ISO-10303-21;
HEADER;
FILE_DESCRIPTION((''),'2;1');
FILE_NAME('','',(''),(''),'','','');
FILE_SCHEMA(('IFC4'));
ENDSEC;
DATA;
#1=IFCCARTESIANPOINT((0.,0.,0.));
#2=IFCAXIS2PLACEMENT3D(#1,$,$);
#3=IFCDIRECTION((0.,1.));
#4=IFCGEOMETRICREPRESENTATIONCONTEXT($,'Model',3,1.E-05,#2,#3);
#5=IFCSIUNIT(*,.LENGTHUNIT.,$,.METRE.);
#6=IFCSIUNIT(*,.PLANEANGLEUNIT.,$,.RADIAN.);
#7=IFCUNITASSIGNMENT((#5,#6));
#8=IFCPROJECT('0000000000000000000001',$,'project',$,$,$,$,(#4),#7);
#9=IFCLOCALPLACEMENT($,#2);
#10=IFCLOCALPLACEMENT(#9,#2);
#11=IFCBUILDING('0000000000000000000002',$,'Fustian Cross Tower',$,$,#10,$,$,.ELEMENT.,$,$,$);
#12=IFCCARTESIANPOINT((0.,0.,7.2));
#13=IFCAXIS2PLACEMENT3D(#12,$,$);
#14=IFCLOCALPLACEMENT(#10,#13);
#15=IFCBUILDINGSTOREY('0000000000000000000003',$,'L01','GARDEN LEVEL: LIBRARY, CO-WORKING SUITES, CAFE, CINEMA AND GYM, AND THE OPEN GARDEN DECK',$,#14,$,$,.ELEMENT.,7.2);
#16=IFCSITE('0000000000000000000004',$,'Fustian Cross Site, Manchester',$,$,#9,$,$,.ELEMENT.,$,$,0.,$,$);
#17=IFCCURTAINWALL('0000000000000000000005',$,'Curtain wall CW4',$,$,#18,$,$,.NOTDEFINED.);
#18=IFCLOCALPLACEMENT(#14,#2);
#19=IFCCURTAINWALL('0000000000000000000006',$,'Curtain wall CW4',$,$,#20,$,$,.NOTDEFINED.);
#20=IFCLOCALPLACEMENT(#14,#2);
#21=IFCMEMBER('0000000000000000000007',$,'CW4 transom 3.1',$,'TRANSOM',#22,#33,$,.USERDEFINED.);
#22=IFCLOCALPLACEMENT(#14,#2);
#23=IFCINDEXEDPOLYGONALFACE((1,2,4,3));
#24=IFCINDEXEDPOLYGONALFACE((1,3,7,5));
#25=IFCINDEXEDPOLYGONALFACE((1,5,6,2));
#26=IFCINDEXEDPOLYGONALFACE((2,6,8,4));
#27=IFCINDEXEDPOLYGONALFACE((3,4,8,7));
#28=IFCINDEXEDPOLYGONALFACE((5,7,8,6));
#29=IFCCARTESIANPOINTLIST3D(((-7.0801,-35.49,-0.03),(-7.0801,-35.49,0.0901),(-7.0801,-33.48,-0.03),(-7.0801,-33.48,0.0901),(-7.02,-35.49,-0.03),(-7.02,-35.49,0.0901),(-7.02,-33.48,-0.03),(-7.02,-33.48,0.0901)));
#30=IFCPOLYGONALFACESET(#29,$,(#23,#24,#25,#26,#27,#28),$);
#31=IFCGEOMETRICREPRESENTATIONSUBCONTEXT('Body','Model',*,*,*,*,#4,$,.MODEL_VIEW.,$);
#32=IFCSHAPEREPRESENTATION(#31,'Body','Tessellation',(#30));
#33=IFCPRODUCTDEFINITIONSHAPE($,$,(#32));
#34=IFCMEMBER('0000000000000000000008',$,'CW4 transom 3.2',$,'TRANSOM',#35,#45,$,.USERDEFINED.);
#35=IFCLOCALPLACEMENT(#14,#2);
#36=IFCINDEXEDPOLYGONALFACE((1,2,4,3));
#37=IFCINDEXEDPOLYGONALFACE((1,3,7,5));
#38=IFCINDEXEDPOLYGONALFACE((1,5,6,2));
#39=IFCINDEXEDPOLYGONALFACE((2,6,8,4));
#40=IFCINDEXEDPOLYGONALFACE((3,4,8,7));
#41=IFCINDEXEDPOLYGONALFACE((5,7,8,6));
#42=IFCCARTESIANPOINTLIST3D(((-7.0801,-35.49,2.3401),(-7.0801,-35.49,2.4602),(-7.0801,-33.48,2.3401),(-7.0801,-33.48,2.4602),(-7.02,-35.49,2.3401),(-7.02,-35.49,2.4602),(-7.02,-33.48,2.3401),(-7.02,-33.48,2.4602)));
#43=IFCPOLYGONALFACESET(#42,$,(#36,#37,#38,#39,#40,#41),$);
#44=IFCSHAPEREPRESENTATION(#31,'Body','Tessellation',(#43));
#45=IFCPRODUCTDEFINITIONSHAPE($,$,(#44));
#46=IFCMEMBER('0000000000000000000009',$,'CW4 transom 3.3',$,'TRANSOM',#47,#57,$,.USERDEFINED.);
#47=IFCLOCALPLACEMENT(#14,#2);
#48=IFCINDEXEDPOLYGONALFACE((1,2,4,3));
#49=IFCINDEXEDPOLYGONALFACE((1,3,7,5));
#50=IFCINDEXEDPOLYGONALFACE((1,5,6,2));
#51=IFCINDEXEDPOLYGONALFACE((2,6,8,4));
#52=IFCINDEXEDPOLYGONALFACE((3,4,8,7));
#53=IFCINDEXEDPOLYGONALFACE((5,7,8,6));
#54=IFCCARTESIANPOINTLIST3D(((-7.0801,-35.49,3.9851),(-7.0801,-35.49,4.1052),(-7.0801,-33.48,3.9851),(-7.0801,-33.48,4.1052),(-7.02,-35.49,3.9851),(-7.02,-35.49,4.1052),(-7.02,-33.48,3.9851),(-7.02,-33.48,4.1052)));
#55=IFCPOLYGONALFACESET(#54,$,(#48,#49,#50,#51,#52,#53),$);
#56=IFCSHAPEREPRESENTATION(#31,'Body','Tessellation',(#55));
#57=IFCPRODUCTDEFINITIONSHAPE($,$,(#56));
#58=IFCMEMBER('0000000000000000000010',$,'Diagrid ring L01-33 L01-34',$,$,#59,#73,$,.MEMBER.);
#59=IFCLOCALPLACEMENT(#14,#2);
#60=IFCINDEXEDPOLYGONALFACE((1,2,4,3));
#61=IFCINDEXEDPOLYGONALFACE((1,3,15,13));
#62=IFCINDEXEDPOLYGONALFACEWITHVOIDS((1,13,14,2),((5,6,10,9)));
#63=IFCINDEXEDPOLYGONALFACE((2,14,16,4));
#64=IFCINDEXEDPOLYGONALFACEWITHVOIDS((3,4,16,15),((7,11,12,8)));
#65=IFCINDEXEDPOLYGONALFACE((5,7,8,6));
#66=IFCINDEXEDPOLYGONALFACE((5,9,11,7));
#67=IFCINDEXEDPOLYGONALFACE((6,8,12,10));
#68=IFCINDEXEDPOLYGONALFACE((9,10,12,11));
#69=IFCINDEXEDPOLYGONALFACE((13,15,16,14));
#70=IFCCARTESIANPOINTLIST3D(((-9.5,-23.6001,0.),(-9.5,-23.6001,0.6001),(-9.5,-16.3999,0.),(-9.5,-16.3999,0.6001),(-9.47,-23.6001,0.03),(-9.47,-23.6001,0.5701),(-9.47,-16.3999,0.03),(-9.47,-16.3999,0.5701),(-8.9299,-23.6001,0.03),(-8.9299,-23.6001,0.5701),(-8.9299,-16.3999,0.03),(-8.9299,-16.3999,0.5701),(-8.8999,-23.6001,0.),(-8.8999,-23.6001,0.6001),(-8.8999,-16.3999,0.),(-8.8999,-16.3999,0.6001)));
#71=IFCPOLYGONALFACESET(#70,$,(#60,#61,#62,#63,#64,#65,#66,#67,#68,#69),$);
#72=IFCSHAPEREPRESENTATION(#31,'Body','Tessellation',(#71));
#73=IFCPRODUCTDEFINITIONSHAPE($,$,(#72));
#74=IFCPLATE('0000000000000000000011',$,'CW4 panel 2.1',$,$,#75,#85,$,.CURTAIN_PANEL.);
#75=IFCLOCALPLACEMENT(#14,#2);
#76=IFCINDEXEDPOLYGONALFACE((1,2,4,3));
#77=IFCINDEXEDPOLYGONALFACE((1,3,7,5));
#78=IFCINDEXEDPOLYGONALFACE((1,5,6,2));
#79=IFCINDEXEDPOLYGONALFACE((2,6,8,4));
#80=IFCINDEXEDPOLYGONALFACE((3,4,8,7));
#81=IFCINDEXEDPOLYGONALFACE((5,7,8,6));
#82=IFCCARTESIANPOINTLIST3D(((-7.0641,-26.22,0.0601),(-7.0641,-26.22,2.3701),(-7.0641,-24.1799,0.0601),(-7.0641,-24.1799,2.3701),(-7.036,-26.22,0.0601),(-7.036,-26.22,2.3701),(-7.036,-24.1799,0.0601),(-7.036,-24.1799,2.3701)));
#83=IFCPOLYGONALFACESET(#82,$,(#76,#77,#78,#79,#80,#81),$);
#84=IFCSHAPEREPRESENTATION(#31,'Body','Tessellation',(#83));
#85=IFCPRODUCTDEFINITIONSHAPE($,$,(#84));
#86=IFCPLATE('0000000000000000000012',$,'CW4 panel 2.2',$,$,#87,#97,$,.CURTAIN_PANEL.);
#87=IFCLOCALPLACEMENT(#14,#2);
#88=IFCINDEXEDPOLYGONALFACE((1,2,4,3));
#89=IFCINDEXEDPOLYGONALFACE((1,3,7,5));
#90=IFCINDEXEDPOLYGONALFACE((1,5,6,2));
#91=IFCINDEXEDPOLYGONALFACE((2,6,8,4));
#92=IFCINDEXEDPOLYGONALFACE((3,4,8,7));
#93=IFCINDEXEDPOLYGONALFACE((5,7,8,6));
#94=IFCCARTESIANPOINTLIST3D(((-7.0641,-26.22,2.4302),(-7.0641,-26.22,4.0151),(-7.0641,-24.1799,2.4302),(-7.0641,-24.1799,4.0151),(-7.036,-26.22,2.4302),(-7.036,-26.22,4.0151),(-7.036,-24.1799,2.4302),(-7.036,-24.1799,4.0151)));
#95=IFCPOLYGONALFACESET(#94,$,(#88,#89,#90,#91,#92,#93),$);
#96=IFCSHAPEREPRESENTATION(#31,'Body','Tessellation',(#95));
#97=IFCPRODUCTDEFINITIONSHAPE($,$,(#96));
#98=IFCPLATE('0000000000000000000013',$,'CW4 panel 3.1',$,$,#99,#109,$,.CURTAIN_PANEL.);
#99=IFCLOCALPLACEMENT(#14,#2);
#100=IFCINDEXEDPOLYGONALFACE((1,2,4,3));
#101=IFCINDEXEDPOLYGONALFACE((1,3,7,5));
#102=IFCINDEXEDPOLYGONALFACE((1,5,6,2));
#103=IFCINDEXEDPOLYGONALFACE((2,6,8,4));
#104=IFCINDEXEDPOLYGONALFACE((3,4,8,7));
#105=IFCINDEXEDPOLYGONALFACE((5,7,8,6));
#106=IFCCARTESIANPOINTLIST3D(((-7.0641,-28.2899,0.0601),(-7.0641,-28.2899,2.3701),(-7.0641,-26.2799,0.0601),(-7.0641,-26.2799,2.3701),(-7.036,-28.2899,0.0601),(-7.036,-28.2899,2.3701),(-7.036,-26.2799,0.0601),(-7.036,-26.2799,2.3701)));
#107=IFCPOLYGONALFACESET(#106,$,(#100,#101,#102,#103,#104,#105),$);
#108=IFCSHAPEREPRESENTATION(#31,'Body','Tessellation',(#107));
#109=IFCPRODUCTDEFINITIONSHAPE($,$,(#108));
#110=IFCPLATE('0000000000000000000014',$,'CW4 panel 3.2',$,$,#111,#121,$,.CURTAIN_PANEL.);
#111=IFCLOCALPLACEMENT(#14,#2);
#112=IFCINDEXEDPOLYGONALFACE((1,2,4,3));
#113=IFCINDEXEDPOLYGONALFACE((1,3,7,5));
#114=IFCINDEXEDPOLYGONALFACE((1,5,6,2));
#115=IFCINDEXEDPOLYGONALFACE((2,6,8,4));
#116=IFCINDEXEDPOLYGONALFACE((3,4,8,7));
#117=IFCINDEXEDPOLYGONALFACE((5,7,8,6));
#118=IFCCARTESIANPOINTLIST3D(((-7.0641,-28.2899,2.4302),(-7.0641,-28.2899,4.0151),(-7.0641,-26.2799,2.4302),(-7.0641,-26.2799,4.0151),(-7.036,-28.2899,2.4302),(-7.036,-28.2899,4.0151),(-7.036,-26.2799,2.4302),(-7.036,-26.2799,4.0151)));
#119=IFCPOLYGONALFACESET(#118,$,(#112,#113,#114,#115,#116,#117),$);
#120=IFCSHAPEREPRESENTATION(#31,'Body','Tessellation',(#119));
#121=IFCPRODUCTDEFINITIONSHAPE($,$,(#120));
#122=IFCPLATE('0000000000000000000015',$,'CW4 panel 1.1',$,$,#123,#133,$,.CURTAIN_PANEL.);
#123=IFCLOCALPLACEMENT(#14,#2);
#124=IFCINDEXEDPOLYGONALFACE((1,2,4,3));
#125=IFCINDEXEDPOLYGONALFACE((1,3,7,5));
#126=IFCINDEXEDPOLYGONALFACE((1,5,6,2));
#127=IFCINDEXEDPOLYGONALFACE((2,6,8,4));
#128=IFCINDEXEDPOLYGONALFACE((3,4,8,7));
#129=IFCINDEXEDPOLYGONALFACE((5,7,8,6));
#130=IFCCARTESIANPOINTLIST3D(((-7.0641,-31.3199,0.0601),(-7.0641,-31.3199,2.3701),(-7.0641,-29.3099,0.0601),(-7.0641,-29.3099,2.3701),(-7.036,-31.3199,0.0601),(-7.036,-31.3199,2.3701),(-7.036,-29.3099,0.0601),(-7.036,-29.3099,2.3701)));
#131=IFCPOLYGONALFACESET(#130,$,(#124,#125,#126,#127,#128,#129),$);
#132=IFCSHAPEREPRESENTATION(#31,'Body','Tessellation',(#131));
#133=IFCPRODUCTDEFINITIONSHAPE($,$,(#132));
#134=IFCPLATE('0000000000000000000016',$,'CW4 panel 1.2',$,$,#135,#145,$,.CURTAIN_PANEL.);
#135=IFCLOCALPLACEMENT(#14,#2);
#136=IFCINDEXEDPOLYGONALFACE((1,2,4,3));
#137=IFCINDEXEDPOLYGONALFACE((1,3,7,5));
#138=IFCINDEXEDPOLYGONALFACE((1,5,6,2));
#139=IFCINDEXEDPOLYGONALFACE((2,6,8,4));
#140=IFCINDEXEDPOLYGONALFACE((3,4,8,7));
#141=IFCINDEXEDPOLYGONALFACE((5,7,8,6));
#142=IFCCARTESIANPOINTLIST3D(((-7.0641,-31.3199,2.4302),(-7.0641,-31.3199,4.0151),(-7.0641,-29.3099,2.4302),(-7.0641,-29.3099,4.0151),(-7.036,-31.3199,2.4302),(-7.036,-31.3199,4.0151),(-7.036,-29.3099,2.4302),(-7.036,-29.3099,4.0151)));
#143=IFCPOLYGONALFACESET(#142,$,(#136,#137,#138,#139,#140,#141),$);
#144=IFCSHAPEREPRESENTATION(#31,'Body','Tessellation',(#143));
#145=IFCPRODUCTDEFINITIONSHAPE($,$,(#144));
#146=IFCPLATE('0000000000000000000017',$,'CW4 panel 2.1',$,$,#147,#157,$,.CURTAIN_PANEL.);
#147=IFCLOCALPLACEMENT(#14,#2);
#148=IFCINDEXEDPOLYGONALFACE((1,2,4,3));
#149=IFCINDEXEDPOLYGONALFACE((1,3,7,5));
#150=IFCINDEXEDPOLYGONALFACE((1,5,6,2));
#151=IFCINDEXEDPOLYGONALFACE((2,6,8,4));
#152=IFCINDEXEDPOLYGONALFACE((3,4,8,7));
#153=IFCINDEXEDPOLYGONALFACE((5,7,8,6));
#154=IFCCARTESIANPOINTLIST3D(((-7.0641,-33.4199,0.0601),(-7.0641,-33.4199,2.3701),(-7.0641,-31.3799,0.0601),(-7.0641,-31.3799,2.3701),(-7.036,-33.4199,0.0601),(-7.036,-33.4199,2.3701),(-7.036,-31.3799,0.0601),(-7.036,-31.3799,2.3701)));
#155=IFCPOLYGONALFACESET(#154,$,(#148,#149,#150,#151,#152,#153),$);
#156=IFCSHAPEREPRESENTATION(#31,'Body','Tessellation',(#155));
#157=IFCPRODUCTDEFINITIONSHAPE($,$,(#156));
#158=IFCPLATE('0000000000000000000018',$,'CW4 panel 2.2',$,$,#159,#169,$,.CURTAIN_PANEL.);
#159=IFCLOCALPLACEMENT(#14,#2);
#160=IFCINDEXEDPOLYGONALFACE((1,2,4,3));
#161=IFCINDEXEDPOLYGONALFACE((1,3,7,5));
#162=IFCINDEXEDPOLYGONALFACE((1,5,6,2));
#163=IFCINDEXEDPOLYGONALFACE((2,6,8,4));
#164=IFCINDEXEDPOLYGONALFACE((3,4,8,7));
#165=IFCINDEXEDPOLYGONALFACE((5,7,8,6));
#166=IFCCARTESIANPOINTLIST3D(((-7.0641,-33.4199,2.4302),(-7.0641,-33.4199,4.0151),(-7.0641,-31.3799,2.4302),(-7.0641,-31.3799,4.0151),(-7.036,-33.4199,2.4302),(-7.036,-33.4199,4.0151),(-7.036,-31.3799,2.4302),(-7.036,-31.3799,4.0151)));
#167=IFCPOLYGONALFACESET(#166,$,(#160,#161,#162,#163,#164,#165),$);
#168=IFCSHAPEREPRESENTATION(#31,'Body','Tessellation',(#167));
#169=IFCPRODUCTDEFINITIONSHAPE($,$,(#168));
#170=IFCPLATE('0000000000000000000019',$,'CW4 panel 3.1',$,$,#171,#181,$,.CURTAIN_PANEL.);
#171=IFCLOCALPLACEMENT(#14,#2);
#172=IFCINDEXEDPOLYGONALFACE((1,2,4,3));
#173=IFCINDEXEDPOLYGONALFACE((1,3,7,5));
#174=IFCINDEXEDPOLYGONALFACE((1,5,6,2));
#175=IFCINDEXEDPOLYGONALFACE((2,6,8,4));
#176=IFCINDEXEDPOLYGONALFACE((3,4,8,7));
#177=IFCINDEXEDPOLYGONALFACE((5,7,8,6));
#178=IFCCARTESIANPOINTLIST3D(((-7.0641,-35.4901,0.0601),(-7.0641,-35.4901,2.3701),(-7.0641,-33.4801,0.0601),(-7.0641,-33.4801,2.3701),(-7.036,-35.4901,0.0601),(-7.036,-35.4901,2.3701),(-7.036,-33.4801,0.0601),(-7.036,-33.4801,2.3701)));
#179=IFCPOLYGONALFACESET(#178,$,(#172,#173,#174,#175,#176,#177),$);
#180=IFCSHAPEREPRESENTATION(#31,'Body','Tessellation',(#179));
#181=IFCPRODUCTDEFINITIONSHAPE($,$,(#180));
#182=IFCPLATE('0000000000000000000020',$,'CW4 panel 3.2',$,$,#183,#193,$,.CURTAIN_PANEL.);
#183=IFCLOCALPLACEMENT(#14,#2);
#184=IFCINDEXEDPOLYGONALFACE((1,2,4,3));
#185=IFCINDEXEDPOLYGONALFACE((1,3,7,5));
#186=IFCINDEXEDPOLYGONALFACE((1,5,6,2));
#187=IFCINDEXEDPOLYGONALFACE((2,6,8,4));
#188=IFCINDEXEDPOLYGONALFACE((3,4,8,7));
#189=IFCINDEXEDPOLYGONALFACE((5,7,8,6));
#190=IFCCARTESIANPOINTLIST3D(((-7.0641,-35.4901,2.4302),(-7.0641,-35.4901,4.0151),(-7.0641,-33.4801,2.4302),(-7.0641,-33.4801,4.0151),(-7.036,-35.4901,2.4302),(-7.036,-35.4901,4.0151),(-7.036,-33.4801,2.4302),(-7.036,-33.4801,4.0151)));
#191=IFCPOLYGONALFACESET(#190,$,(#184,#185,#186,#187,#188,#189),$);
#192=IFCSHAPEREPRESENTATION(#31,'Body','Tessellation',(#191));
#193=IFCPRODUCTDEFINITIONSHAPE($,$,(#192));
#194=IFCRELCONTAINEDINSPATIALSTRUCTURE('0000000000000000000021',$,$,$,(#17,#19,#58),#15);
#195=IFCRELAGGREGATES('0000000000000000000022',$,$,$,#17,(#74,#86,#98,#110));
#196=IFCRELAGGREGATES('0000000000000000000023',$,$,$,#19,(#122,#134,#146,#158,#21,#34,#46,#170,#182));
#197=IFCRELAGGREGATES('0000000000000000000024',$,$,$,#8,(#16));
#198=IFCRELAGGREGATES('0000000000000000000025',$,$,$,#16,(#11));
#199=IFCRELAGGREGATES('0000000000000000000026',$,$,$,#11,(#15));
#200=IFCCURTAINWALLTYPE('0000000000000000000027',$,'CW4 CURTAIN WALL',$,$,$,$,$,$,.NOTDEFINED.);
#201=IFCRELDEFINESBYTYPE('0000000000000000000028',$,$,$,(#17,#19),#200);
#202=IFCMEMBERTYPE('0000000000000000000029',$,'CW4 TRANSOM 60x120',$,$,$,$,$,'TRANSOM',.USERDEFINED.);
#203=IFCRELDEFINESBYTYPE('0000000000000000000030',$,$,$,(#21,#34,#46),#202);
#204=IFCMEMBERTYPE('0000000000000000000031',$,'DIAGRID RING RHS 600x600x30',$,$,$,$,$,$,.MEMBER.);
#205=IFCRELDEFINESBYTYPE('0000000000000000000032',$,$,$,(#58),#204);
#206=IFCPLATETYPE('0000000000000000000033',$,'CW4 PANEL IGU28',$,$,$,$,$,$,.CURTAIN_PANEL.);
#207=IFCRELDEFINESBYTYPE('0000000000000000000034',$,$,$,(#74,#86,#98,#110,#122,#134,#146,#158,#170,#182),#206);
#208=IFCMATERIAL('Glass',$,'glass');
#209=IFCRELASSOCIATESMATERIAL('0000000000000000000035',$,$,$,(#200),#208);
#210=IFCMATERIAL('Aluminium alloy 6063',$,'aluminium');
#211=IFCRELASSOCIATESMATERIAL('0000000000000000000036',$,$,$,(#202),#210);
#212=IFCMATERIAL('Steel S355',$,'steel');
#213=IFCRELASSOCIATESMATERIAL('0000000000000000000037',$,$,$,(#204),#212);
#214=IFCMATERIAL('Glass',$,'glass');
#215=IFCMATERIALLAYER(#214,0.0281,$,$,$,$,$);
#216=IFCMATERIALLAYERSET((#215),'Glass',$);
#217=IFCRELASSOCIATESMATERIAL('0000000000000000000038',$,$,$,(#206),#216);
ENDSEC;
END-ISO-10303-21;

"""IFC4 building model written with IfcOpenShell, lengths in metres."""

from ifc_helpers import new_model, si_unit, direction, frame, origin, origin_2d, place, context, subcontext, project, spatial, rectangle, hollow_rectangle, extrude, material, layer, layer_set, material_profile, profile_set, type_object, element, aggregate, save


model = new_model("IFC4")

# Units and contexts
model_context = context("Model", 3, precision=1e-05, world=origin(), true_north=direction((0.0, 1.0)))
body_context = subcontext(model_context, "Body", "Model", "MODEL_VIEW")
ifc_project = project(units=[si_unit("LENGTHUNIT", "METRE"), si_unit("PLANEANGLEUNIT", "RADIAN")], contexts=[model_context])

# Site, building, storey
site_placement = place(None, origin())
site = spatial("IfcSite", under=ifc_project, at=site_placement, Name="Fustian Cross Site, Manchester", CompositionType="ELEMENT", RefElevation=0.0)
building_placement = place(site_placement, origin())
building = spatial("IfcBuilding", under=site, at=building_placement, Name="Fustian Cross Tower", CompositionType="ELEMENT")
storey_placement = place(building_placement, frame((0.0, 0.0, 7.2)))
storey = spatial("IfcBuildingStorey", under=building, at=storey_placement, Name="L01", Description="GARDEN LEVEL: LIBRARY, CO-WORKING SUITES, CAFE, CINEMA AND GYM, AND THE OPEN GARDEN DECK", CompositionType="ELEMENT", Elevation=7.2)

# Curtain walls
ifc_material_1 = material(Name="Glass", Category="glass")
curtain_wall_type = type_object("IfcCurtainWallType", Name="CW4 CURTAIN WALL", PredefinedType="NOTDEFINED", material=ifc_material_1)
curtain_wall_1_placement = place(storey_placement, origin())
curtain_wall_1 = element("IfcCurtainWall", 1, at=curtain_wall_1_placement, inside=storey, type_object=curtain_wall_type, Name="Curtain wall CW4", PredefinedType="NOTDEFINED")
curtain_wall_2_placement = place(storey_placement, origin())
curtain_wall_2 = element("IfcCurtainWall", 2, at=curtain_wall_2_placement, inside=storey, type_object=curtain_wall_type, Name="Curtain wall CW4", PredefinedType="NOTDEFINED")

# Members
ifc_material_2 = material(Name="Aluminium alloy 6063", Category="aluminium")
ifc_material_profile_1 = material_profile(ifc_material_2, rectangle(XDim=0.0601, YDim=0.1201, at=origin_2d()), Name="CW4 TRANSOM 60x120")
ifc_profile_set_1 = profile_set([ifc_material_profile_1], Name="Aluminium alloy 6063")
member_type_1 = type_object("IfcMemberType", Name="CW4 TRANSOM 60x120", ElementType="TRANSOM", PredefinedType="USERDEFINED", material=ifc_profile_set_1)
member_1_placement = place(storey_placement, frame((-7.05, -33.48, 0.03), z_axis=(0.0, -1.0, 0.0), x_axis=(1.0, 0.0, 0.0)))
member_1 = element("IfcMember", 3, at=member_1_placement, type_object=member_type_1, Name="CW4 transom 3.1", ObjectType="TRANSOM", PredefinedType="USERDEFINED", context=body_context, shape_type="SweptSolid", body=[
    extrude(rectangle(XDim=0.0601, YDim=0.1201, at=origin_2d()), origin(), (0.0, 0.0, 1.0), 2.01),
])
member_2_placement = place(storey_placement, frame((-7.05, -33.48, 2.4001), z_axis=(0.0, -1.0, 0.0), x_axis=(1.0, 0.0, 0.0)))
member_2 = element("IfcMember", 4, at=member_2_placement, type_object=member_type_1, Name="CW4 transom 3.2", ObjectType="TRANSOM", PredefinedType="USERDEFINED", context=body_context, shape_type="SweptSolid", body=[
    extrude(rectangle(XDim=0.0601, YDim=0.1201, at=origin_2d()), origin(), (0.0, 0.0, 1.0), 2.01),
])
member_3_placement = place(storey_placement, frame((-7.05, -33.48, 4.0452), z_axis=(0.0, -1.0, 0.0), x_axis=(1.0, 0.0, 0.0)))
member_3 = element("IfcMember", 5, at=member_3_placement, type_object=member_type_1, Name="CW4 transom 3.3", ObjectType="TRANSOM", PredefinedType="USERDEFINED", context=body_context, shape_type="SweptSolid", body=[
    extrude(rectangle(XDim=0.0601, YDim=0.1201, at=origin_2d()), origin(), (0.0, 0.0, 1.0), 2.01),
])
ifc_material_3 = material(Name="Steel S355", Category="steel")
ifc_material_profile_2 = material_profile(ifc_material_3, hollow_rectangle(XDim=0.6001, YDim=0.6001, WallThickness=0.03, at=origin_2d()), Name="RHS 600x600x30")
ifc_profile_set_2 = profile_set([ifc_material_profile_2], Name="Steel S355")
member_type_2 = type_object("IfcMemberType", Name="DIAGRID RING RHS 600x600x30", PredefinedType="MEMBER", material=ifc_profile_set_2)
member_4_placement = place(storey_placement, frame((-9.2, -16.3999, 0.3), z_axis=(0.0, -1.0, 0.0), x_axis=(1.0, 0.0, 0.0)))
element("IfcMember", 6, at=member_4_placement, inside=storey, type_object=member_type_2, Name="Diagrid ring L01-33 L01-34", PredefinedType="MEMBER", context=body_context, shape_type="SweptSolid", body=[
    extrude(hollow_rectangle(XDim=0.6001, YDim=0.6001, WallThickness=0.03, at=origin_2d()), origin(), (0.0, 0.0, 1.0), 7.2002),
])

# Plates
ifc_material_4 = material(Name="Glass", Category="glass")
ifc_layer_1 = layer(ifc_material_4, 0.0281)
ifc_layer_set_1 = layer_set([ifc_layer_1], Name="Glass")
plate_type = type_object("IfcPlateType", Name="CW4 PANEL IGU28", PredefinedType="CURTAIN_PANEL", material=ifc_layer_set_1)
plate_1_placement = place(storey_placement, frame((-7.05, -25.2, 0.0601), z_axis=(0.0, 0.0, 1.0), x_axis=(0.0, -1.0, 0.0)))
plate_1 = element("IfcPlate", 7, at=plate_1_placement, type_object=plate_type, Name="CW4 panel 2.1", PredefinedType="CURTAIN_PANEL", context=body_context, shape_type="SweptSolid", body=[
    extrude(rectangle(XDim=2.04, YDim=0.0281, at=origin_2d()), origin(), (0.0, 0.0, 1.0), 2.3101),
])
plate_2_placement = place(storey_placement, frame((-7.05, -25.2, 2.4302), z_axis=(0.0, 0.0, 1.0), x_axis=(0.0, -1.0, 0.0)))
plate_2 = element("IfcPlate", 8, at=plate_2_placement, type_object=plate_type, Name="CW4 panel 2.2", PredefinedType="CURTAIN_PANEL", context=body_context, shape_type="SweptSolid", body=[
    extrude(rectangle(XDim=2.04, YDim=0.0281, at=origin_2d()), origin(), (0.0, 0.0, 1.0), 1.585),
])
plate_3_placement = place(storey_placement, frame((-7.05, -27.2849, 0.0601), z_axis=(0.0, 0.0, 1.0), x_axis=(0.0, -1.0, 0.0)))
plate_3 = element("IfcPlate", 9, at=plate_3_placement, type_object=plate_type, Name="CW4 panel 3.1", PredefinedType="CURTAIN_PANEL", context=body_context, shape_type="SweptSolid", body=[
    extrude(rectangle(XDim=2.01, YDim=0.0281, at=origin_2d()), origin(), (0.0, 0.0, 1.0), 2.3101),
])
plate_4_placement = place(storey_placement, frame((-7.05, -27.2849, 2.4302), z_axis=(0.0, 0.0, 1.0), x_axis=(0.0, -1.0, 0.0)))
plate_4 = element("IfcPlate", 10, at=plate_4_placement, type_object=plate_type, Name="CW4 panel 3.2", PredefinedType="CURTAIN_PANEL", context=body_context, shape_type="SweptSolid", body=[
    extrude(rectangle(XDim=2.01, YDim=0.0281, at=origin_2d()), origin(), (0.0, 0.0, 1.0), 1.585),
])
aggregate(curtain_wall_1, [plate_1, plate_2, plate_3, plate_4])
plate_5_placement = place(storey_placement, frame((-7.05, -30.3149, 0.0601), z_axis=(0.0, 0.0, 1.0), x_axis=(0.0, -1.0, 0.0)))
plate_5 = element("IfcPlate", 11, at=plate_5_placement, type_object=plate_type, Name="CW4 panel 1.1", PredefinedType="CURTAIN_PANEL", context=body_context, shape_type="SweptSolid", body=[
    extrude(rectangle(XDim=2.01, YDim=0.0281, at=origin_2d()), origin(), (0.0, 0.0, 1.0), 2.3101),
])
plate_6_placement = place(storey_placement, frame((-7.05, -30.3149, 2.4302), z_axis=(0.0, 0.0, 1.0), x_axis=(0.0, -1.0, 0.0)))
plate_6 = element("IfcPlate", 12, at=plate_6_placement, type_object=plate_type, Name="CW4 panel 1.2", PredefinedType="CURTAIN_PANEL", context=body_context, shape_type="SweptSolid", body=[
    extrude(rectangle(XDim=2.01, YDim=0.0281, at=origin_2d()), origin(), (0.0, 0.0, 1.0), 1.585),
])
plate_7_placement = place(storey_placement, frame((-7.05, -32.3999, 0.0601), z_axis=(0.0, 0.0, 1.0), x_axis=(0.0, -1.0, 0.0)))
plate_7 = element("IfcPlate", 13, at=plate_7_placement, type_object=plate_type, Name="CW4 panel 2.1", PredefinedType="CURTAIN_PANEL", context=body_context, shape_type="SweptSolid", body=[
    extrude(rectangle(XDim=2.04, YDim=0.0281, at=origin_2d()), origin(), (0.0, 0.0, 1.0), 2.3101),
])
plate_8_placement = place(storey_placement, frame((-7.05, -32.3999, 2.4302), z_axis=(0.0, 0.0, 1.0), x_axis=(0.0, -1.0, 0.0)))
plate_8 = element("IfcPlate", 14, at=plate_8_placement, type_object=plate_type, Name="CW4 panel 2.2", PredefinedType="CURTAIN_PANEL", context=body_context, shape_type="SweptSolid", body=[
    extrude(rectangle(XDim=2.04, YDim=0.0281, at=origin_2d()), origin(), (0.0, 0.0, 1.0), 1.585),
])
plate_9_placement = place(storey_placement, frame((-7.05, -34.4851, 0.0601), z_axis=(0.0, 0.0, 1.0), x_axis=(0.0, -1.0, 0.0)))
plate_9 = element("IfcPlate", 15, at=plate_9_placement, type_object=plate_type, Name="CW4 panel 3.1", PredefinedType="CURTAIN_PANEL", context=body_context, shape_type="SweptSolid", body=[
    extrude(rectangle(XDim=2.01, YDim=0.0281, at=origin_2d()), origin(), (0.0, 0.0, 1.0), 2.3101),
])
plate_10_placement = place(storey_placement, frame((-7.05, -34.4851, 2.4302), z_axis=(0.0, 0.0, 1.0), x_axis=(0.0, -1.0, 0.0)))
plate_10 = element("IfcPlate", 16, at=plate_10_placement, type_object=plate_type, Name="CW4 panel 3.2", PredefinedType="CURTAIN_PANEL", context=body_context, shape_type="SweptSolid", body=[
    extrude(rectangle(XDim=2.01, YDim=0.0281, at=origin_2d()), origin(), (0.0, 0.0, 1.0), 1.585),
])
aggregate(curtain_wall_2, [plate_5, plate_6, plate_7, plate_8, member_1, member_2, member_3, plate_9, plate_10])

save(model, "model.ifc")
